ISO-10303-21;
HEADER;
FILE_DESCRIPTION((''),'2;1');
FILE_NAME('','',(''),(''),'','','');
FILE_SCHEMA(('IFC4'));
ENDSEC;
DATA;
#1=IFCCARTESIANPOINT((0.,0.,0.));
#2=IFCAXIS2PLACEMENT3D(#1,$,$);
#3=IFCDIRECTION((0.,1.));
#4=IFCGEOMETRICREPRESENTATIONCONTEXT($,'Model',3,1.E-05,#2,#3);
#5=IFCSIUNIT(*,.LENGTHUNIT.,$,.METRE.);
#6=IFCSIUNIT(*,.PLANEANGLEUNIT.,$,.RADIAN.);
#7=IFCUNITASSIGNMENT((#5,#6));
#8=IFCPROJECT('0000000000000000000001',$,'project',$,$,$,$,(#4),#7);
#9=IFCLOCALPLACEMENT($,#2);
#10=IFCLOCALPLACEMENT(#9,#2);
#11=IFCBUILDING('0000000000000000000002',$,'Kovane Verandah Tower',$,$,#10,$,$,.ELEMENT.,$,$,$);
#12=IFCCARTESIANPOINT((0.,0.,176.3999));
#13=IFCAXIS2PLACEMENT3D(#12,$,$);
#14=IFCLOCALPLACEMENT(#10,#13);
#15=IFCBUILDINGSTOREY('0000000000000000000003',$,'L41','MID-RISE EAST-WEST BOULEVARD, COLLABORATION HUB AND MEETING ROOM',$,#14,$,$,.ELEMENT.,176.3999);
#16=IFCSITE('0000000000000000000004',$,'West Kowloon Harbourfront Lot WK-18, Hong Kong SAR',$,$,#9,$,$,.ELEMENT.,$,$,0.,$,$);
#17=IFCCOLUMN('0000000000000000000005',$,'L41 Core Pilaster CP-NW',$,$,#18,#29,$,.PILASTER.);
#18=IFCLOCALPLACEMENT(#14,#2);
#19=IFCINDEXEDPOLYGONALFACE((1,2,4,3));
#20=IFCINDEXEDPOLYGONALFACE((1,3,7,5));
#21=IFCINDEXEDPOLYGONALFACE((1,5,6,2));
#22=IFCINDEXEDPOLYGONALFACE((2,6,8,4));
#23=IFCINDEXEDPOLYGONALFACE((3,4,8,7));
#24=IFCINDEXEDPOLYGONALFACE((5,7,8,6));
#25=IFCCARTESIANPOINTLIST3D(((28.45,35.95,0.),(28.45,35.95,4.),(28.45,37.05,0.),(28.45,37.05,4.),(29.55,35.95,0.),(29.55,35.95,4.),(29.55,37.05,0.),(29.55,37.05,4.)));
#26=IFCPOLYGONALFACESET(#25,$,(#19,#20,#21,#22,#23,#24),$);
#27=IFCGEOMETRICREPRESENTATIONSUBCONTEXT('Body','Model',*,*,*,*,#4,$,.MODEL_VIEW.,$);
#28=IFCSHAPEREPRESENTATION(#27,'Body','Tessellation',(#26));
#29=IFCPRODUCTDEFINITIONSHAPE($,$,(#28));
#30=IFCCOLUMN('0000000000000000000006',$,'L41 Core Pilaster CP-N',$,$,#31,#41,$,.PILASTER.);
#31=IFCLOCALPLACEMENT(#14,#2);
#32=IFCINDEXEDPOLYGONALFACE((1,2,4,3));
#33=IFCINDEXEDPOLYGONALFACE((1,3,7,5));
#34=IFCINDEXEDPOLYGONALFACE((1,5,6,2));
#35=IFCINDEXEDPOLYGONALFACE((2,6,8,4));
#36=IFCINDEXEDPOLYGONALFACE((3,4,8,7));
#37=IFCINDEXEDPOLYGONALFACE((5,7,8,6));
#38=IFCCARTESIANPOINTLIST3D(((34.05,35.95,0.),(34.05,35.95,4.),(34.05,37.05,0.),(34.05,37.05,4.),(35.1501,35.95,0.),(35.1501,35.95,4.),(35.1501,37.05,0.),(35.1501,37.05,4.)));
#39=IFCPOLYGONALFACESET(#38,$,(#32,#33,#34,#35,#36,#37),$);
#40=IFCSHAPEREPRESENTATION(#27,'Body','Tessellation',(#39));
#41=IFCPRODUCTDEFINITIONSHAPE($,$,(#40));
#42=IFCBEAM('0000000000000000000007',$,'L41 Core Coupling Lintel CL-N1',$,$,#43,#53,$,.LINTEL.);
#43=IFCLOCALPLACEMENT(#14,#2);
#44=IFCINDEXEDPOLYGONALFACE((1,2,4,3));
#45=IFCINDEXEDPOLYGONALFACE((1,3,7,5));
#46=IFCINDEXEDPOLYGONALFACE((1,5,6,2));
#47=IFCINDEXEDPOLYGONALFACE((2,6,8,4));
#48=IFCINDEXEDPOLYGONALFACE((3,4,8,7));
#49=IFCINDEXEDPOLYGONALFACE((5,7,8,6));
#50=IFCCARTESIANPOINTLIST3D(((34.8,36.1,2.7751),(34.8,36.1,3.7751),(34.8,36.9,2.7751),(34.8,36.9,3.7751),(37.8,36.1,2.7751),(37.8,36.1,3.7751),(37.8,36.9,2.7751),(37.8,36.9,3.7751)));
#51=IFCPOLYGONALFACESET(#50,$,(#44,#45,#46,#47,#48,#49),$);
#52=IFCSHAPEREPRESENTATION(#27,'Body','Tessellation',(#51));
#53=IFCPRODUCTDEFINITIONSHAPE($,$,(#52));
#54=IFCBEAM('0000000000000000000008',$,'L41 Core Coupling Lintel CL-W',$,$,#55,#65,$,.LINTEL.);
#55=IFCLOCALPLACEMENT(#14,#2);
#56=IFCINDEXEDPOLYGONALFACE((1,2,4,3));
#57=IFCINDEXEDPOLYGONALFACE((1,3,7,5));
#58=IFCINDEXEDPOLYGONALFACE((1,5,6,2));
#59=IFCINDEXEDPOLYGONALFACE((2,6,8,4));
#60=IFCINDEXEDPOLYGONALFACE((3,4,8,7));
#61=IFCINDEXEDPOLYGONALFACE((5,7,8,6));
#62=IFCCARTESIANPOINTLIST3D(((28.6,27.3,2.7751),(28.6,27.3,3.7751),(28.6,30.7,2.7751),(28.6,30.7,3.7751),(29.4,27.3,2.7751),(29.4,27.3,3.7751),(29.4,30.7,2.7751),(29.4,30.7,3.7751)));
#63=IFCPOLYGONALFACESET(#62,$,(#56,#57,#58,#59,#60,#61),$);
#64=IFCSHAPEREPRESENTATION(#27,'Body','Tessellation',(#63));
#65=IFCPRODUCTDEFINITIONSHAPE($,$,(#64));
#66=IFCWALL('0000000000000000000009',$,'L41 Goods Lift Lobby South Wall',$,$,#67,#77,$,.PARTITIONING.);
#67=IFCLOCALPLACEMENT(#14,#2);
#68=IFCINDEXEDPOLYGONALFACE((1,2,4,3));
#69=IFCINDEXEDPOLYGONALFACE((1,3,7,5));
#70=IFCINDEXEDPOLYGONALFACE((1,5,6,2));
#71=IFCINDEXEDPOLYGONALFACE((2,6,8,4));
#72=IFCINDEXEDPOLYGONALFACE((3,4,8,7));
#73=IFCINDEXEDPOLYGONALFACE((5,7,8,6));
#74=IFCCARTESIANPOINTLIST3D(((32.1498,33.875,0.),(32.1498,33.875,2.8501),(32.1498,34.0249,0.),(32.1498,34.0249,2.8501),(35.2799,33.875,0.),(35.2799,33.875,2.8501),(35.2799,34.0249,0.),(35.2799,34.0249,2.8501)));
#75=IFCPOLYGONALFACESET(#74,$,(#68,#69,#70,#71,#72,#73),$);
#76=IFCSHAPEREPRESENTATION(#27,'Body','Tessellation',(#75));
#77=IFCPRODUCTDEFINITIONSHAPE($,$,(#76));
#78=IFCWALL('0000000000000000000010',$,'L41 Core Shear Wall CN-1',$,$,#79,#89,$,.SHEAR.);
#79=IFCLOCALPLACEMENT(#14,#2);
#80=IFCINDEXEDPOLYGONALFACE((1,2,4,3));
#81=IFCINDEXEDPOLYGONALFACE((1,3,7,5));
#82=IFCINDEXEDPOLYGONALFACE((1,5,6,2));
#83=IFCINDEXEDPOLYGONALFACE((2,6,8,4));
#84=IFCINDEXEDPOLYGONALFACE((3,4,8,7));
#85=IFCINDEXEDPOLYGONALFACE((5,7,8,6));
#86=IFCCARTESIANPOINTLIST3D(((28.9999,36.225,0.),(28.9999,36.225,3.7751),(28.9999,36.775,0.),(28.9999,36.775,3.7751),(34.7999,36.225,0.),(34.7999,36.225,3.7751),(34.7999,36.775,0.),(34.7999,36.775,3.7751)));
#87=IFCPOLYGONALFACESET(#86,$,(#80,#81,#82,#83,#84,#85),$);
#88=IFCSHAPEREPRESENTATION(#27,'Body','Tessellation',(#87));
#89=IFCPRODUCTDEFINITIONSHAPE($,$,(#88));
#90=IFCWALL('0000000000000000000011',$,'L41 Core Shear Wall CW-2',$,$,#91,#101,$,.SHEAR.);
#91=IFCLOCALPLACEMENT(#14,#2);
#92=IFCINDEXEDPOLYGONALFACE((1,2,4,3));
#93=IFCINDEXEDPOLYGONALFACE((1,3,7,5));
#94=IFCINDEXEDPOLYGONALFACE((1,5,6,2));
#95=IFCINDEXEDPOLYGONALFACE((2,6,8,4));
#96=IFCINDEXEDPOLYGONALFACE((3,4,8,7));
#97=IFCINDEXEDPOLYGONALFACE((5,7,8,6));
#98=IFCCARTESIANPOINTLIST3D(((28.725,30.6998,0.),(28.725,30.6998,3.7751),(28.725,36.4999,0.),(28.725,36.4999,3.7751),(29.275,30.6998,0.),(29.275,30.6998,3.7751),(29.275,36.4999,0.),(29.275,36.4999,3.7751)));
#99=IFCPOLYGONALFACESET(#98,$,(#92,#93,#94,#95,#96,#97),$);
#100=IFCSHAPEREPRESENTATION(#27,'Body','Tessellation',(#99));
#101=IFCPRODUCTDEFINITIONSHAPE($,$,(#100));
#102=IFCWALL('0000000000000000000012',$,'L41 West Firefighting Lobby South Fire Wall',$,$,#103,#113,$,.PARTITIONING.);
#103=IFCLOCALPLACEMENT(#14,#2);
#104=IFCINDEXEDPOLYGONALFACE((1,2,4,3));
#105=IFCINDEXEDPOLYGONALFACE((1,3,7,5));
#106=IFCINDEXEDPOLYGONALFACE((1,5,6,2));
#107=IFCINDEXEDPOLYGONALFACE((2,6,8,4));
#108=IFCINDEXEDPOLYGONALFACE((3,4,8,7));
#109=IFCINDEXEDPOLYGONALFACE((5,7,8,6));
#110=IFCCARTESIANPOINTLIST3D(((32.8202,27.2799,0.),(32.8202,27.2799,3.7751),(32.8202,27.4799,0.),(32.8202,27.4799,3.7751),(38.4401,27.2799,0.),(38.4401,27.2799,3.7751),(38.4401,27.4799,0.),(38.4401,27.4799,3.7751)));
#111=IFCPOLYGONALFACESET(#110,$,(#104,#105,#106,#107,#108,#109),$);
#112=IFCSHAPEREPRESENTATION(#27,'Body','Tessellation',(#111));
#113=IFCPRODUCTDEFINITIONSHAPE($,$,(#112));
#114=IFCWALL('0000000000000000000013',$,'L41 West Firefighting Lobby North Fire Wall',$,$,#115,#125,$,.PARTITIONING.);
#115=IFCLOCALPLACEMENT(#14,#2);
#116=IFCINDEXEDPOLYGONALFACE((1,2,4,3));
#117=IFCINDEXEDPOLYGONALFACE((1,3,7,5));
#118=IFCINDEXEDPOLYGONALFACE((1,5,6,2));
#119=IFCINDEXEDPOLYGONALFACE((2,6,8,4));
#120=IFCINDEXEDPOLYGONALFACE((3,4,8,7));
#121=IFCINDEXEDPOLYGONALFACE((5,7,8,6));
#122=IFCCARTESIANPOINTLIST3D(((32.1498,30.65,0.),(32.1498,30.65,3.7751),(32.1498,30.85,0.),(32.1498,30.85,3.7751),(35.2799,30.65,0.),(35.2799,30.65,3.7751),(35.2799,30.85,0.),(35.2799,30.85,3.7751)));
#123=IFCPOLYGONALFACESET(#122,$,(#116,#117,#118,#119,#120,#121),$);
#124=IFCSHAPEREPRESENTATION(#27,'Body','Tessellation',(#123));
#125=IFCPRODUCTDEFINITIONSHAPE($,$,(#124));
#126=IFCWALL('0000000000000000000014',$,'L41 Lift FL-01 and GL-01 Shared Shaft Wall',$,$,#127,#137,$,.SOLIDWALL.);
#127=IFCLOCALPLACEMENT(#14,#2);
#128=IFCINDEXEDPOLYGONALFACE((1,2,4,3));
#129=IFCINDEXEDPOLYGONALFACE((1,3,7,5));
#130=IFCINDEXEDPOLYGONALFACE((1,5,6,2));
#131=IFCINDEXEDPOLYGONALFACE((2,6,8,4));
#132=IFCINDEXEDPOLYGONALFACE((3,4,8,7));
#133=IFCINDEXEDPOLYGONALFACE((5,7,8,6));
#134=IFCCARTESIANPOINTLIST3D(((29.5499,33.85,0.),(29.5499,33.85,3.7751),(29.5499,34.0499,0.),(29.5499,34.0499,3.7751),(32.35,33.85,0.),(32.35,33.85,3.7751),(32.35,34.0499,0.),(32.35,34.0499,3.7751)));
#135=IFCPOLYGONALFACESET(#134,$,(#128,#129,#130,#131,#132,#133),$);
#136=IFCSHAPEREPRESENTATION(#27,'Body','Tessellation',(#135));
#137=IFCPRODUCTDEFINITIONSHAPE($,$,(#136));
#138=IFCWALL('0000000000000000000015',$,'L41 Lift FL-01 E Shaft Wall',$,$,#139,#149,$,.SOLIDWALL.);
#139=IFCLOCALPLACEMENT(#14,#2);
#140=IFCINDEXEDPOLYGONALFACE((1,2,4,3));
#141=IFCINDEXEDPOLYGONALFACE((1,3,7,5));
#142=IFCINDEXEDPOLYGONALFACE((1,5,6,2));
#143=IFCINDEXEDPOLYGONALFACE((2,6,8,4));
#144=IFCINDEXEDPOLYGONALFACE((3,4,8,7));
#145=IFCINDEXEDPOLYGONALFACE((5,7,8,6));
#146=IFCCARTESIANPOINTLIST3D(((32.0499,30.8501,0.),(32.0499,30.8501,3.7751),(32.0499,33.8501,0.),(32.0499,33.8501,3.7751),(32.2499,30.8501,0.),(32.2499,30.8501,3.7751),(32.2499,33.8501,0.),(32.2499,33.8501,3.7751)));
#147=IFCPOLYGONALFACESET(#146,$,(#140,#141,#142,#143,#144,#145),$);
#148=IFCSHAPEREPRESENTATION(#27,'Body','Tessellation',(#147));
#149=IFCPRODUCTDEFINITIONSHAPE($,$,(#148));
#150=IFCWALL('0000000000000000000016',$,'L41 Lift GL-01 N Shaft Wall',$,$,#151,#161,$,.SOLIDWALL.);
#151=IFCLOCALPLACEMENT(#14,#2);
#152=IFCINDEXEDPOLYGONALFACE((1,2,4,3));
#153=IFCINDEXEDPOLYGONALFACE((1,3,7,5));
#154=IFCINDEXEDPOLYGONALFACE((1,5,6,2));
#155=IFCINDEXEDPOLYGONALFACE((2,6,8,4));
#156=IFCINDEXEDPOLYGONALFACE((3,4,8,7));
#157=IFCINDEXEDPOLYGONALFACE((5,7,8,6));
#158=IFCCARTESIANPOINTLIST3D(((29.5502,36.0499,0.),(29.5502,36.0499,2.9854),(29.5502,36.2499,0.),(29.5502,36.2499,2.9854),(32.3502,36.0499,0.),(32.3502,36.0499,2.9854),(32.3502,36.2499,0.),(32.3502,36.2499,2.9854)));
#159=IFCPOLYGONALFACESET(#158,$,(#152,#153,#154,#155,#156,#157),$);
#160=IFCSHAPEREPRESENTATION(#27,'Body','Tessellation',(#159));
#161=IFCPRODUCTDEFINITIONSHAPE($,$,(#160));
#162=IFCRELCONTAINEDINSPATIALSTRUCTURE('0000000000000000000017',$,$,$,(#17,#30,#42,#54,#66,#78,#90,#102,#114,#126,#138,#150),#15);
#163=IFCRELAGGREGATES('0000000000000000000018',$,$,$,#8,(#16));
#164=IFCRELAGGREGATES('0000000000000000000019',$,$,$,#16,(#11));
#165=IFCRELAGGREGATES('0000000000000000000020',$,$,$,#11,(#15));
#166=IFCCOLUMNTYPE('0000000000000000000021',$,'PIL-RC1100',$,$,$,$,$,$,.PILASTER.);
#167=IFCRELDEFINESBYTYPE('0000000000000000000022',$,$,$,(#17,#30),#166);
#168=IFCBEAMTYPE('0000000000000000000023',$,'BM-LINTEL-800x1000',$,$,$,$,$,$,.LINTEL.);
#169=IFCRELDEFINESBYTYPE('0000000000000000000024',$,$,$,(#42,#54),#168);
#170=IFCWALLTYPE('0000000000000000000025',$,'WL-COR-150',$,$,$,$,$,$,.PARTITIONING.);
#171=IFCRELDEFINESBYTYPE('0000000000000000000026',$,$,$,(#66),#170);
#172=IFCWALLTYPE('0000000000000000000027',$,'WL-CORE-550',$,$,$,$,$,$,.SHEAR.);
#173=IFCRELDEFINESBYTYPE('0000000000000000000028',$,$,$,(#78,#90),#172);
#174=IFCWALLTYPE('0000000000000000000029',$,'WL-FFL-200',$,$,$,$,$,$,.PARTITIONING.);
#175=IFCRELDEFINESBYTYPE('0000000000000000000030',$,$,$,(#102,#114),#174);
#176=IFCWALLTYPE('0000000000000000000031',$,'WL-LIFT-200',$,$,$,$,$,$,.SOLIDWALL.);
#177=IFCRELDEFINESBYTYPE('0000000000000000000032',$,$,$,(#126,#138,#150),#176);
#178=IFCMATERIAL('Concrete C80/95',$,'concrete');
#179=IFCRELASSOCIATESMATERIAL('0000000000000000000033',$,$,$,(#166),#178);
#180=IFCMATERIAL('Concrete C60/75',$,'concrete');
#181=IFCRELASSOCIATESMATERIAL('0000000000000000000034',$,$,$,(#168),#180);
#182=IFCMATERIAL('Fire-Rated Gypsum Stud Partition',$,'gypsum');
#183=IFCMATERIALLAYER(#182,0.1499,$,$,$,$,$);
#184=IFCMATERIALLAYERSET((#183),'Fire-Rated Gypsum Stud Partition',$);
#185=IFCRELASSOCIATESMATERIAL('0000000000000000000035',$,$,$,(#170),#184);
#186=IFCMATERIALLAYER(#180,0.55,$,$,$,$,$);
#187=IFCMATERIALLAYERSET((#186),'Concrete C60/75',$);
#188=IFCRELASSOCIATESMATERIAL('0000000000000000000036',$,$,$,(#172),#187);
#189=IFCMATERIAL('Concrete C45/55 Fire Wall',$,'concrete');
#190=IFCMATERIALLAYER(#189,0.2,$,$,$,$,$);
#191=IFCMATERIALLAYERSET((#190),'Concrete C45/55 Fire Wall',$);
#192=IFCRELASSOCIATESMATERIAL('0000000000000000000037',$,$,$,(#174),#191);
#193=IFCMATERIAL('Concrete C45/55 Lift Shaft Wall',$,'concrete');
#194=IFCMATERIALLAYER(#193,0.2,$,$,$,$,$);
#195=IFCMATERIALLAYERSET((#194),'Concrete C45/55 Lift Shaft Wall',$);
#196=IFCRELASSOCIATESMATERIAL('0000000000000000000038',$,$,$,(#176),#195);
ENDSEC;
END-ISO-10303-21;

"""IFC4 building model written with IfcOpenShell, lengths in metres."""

from ifc_helpers import new_model, si_unit, direction, frame, frame_2d, origin, origin_2d, place, context, subcontext, project, spatial, rectangle, extrude, material, layer, layer_set, material_profile, profile_set, type_object, element, save


model = new_model("IFC4")

# Units and contexts
model_context = context("Model", 3, precision=1e-05, world=origin(), true_north=direction((0.0, 1.0)))
body_context = subcontext(model_context, "Body", "Model", "MODEL_VIEW")
ifc_project = project(units=[si_unit("LENGTHUNIT", "METRE"), si_unit("PLANEANGLEUNIT", "RADIAN")], contexts=[model_context])

# Site, building, storey
site_placement = place(None, origin())
site = spatial("IfcSite", under=ifc_project, at=site_placement, Name="West Kowloon Harbourfront Lot WK-18, Hong Kong SAR", CompositionType="ELEMENT", RefElevation=0.0)
building_placement = place(site_placement, origin())
building = spatial("IfcBuilding", under=site, at=building_placement, Name="Kovane Verandah Tower", CompositionType="ELEMENT")
storey_placement = place(building_placement, frame((0.0, 0.0, 176.3999)))
storey = spatial("IfcBuildingStorey", under=building, at=storey_placement, Name="L41", Description="MID-RISE EAST-WEST BOULEVARD, COLLABORATION HUB AND MEETING ROOM", CompositionType="ELEMENT", Elevation=176.3999)

# Columns
ifc_material_1 = material(Name="Concrete C80/95", Category="concrete")
ifc_material_profile_1 = material_profile(ifc_material_1, rectangle(XDim=1.1001, YDim=1.1001, at=origin_2d()), Name="RC1100x1100")
ifc_profile_set_1 = profile_set([ifc_material_profile_1], Name="Concrete C80/95")
column_type = type_object("IfcColumnType", Name="PIL-RC1100", PredefinedType="PILASTER", material=ifc_profile_set_1)
for number, where, z_axis, x_axis, name in (
    (1, (29.0, 36.5, 0.0), (0.0, 0.0, 1.0), (1.0, 0.0, 0.0), "L41 Core Pilaster CP-NW"),
    (2, (34.6001, 36.5, 0.0), (0.0, 0.0, 1.0), (1.0, 0.0, 0.0), "L41 Core Pilaster CP-N"),
):
    element("IfcColumn", number, at=place(storey_placement, frame(where, z_axis=z_axis, x_axis=x_axis)), inside=storey, type_object=column_type, Name=name, PredefinedType="PILASTER", context=body_context, shape_type="SweptSolid", body=[
        extrude(rectangle(XDim=1.1001, YDim=1.1001, at=origin_2d()), origin(), (0.0, 0.0, 1.0), 4.0),
    ])

# Beams
ifc_material_2 = material(Name="Concrete C60/75", Category="concrete")
ifc_material_profile_2 = material_profile(ifc_material_2, rectangle(XDim=0.8, YDim=1.0, at=origin_2d()), Name="RCB800x1000")
ifc_profile_set_2 = profile_set([ifc_material_profile_2], Name="Concrete C60/75")
beam_type = type_object("IfcBeamType", Name="BM-LINTEL-800x1000", PredefinedType="LINTEL", material=ifc_profile_set_2)
beam_1_placement = place(storey_placement, frame((34.8, 36.5, 3.2751), z_axis=(1.0, 0.0, 0.0), x_axis=(0.0, 1.0, 0.0)))
element("IfcBeam", 3, at=beam_1_placement, inside=storey, type_object=beam_type, Name="L41 Core Coupling Lintel CL-N1", PredefinedType="LINTEL", context=body_context, shape_type="SweptSolid", body=[
    extrude(rectangle(XDim=0.8, YDim=1.0, at=origin_2d()), origin(), (0.0, 0.0, 1.0), 3.0),
])
beam_2_placement = place(storey_placement, frame((29.0, 27.3, 3.2751), z_axis=(0.0, 1.0, 0.0), x_axis=(-1.0, 0.0, 0.0)))
element("IfcBeam", 4, at=beam_2_placement, inside=storey, type_object=beam_type, Name="L41 Core Coupling Lintel CL-W", PredefinedType="LINTEL", context=body_context, shape_type="SweptSolid", body=[
    extrude(rectangle(XDim=0.8, YDim=1.0, at=origin_2d()), origin(), (0.0, 0.0, 1.0), 3.3999),
])

# Walls
ifc_material_3 = material(Name="Fire-Rated Gypsum Stud Partition", Category="gypsum")
ifc_layer_1 = layer(ifc_material_3, 0.1499)
ifc_layer_set_1 = layer_set([ifc_layer_1], Name="Fire-Rated Gypsum Stud Partition")
wall_type_1 = type_object("IfcWallType", Name="WL-COR-150", PredefinedType="PARTITIONING", material=ifc_layer_set_1)
wall_1_placement = place(storey_placement, frame((32.1499, 33.95, 0.0), z_axis=(0.0, 0.0, 1.0), x_axis=(1.0, 0.0, 0.0)))
element("IfcWall", 5, at=wall_1_placement, inside=storey, type_object=wall_type_1, Name="L41 Goods Lift Lobby South Wall", PredefinedType="PARTITIONING", context=body_context, shape_type="SweptSolid", body=[
    extrude(rectangle(XDim=3.1301, YDim=0.1499, at=frame_2d((1.5649, 0.0))), origin(), (0.0, 0.0, 1.0), 2.8501),
])
ifc_layer_2 = layer(ifc_material_2, 0.55)
ifc_layer_set_2 = layer_set([ifc_layer_2], Name="Concrete C60/75")
wall_type_2 = type_object("IfcWallType", Name="WL-CORE-550", PredefinedType="SHEAR", material=ifc_layer_set_2)
for number, where, z_axis, x_axis, name in (
    (6, (29.0, 36.5, 0.0), (0.0, 0.0, 1.0), (1.0, 0.0, 0.0), "L41 Core Shear Wall CN-1"),
    (7, (29.0, 30.7, 0.0), (0.0, 0.0, 1.0), (0.0, 1.0, 0.0), "L41 Core Shear Wall CW-2"),
):
    element("IfcWall", number, at=place(storey_placement, frame(where, z_axis=z_axis, x_axis=x_axis)), inside=storey, type_object=wall_type_2, Name=name, PredefinedType="SHEAR", context=body_context, shape_type="SweptSolid", body=[
        extrude(rectangle(XDim=5.8, YDim=0.55, at=frame_2d((2.8999, 0.0))), origin(), (0.0, 0.0, 1.0), 3.7751),
    ])

# Shared definitions
ifc_material_4 = material(Name="Concrete C45/55 Fire Wall", Category="concrete")
ifc_layer_3 = layer(ifc_material_4, 0.2)
ifc_layer_set_3 = layer_set([ifc_layer_3], Name="Concrete C45/55 Fire Wall")
wall_type_3 = type_object("IfcWallType", Name="WL-FFL-200", PredefinedType="PARTITIONING", material=ifc_layer_set_3)

# Walls
wall_2_placement = place(storey_placement, frame((32.8201, 27.3799, 0.0), z_axis=(0.0, 0.0, 1.0), x_axis=(1.0, 0.0, 0.0)))
element("IfcWall", 8, at=wall_2_placement, inside=storey, type_object=wall_type_3, Name="L41 West Firefighting Lobby South Fire Wall", PredefinedType="PARTITIONING", context=body_context, shape_type="SweptSolid", body=[
    extrude(rectangle(XDim=5.6199, YDim=0.2, at=frame_2d((2.8101, 0.0))), origin(), (0.0, 0.0, 1.0), 3.7751),
])
wall_3_placement = place(storey_placement, frame((32.1499, 30.75, 0.0), z_axis=(0.0, 0.0, 1.0), x_axis=(1.0, 0.0, 0.0)))
element("IfcWall", 9, at=wall_3_placement, inside=storey, type_object=wall_type_3, Name="L41 West Firefighting Lobby North Fire Wall", PredefinedType="PARTITIONING", context=body_context, shape_type="SweptSolid", body=[
    extrude(rectangle(XDim=3.1301, YDim=0.2, at=frame_2d((1.5649, 0.0))), origin(), (0.0, 0.0, 1.0), 3.7751),
])

# Shared definitions
ifc_material_5 = material(Name="Concrete C45/55 Lift Shaft Wall", Category="concrete")
ifc_layer_4 = layer(ifc_material_5, 0.2)
ifc_layer_set_4 = layer_set([ifc_layer_4], Name="Concrete C45/55 Lift Shaft Wall")
wall_type_4 = type_object("IfcWallType", Name="WL-LIFT-200", PredefinedType="SOLIDWALL", material=ifc_layer_set_4)

# Walls
wall_4_placement = place(storey_placement, frame((29.55, 33.95, 0.0), z_axis=(0.0, 0.0, 1.0), x_axis=(1.0, 0.0, 0.0)))
element("IfcWall", 10, at=wall_4_placement, inside=storey, type_object=wall_type_4, Name="L41 Lift FL-01 and GL-01 Shared Shaft Wall", PredefinedType="SOLIDWALL", context=body_context, shape_type="SweptSolid", body=[
    extrude(rectangle(XDim=2.8, YDim=0.2, at=frame_2d((1.3999, 0.0))), origin(), (0.0, 0.0, 1.0), 3.7751),
])
wall_5_placement = place(storey_placement, frame((32.1499, 30.8501, 0.0), z_axis=(0.0, 0.0, 1.0), x_axis=(0.0, 1.0, 0.0)))
element("IfcWall", 11, at=wall_5_placement, inside=storey, type_object=wall_type_4, Name="L41 Lift FL-01 E Shaft Wall", PredefinedType="SOLIDWALL", context=body_context, shape_type="SweptSolid", body=[
    extrude(rectangle(XDim=3.0, YDim=0.2, at=frame_2d((1.5, 0.0))), origin(), (0.0, 0.0, 1.0), 3.7751),
])
wall_6_placement = place(storey_placement, frame((32.3501, 36.1499, 0.0), z_axis=(0.0, 0.0, 1.0), x_axis=(-1.0, 0.0, 0.0)))
element("IfcWall", 12, at=wall_6_placement, inside=storey, type_object=wall_type_4, Name="L41 Lift GL-01 N Shaft Wall", PredefinedType="SOLIDWALL", context=body_context, shape_type="SweptSolid", body=[
    extrude(rectangle(XDim=2.8, YDim=0.2, at=frame_2d((1.3999, 0.0))), origin(), (0.0, 0.0, 1.0), 2.9854),
])

save(model, "model.ifc")
